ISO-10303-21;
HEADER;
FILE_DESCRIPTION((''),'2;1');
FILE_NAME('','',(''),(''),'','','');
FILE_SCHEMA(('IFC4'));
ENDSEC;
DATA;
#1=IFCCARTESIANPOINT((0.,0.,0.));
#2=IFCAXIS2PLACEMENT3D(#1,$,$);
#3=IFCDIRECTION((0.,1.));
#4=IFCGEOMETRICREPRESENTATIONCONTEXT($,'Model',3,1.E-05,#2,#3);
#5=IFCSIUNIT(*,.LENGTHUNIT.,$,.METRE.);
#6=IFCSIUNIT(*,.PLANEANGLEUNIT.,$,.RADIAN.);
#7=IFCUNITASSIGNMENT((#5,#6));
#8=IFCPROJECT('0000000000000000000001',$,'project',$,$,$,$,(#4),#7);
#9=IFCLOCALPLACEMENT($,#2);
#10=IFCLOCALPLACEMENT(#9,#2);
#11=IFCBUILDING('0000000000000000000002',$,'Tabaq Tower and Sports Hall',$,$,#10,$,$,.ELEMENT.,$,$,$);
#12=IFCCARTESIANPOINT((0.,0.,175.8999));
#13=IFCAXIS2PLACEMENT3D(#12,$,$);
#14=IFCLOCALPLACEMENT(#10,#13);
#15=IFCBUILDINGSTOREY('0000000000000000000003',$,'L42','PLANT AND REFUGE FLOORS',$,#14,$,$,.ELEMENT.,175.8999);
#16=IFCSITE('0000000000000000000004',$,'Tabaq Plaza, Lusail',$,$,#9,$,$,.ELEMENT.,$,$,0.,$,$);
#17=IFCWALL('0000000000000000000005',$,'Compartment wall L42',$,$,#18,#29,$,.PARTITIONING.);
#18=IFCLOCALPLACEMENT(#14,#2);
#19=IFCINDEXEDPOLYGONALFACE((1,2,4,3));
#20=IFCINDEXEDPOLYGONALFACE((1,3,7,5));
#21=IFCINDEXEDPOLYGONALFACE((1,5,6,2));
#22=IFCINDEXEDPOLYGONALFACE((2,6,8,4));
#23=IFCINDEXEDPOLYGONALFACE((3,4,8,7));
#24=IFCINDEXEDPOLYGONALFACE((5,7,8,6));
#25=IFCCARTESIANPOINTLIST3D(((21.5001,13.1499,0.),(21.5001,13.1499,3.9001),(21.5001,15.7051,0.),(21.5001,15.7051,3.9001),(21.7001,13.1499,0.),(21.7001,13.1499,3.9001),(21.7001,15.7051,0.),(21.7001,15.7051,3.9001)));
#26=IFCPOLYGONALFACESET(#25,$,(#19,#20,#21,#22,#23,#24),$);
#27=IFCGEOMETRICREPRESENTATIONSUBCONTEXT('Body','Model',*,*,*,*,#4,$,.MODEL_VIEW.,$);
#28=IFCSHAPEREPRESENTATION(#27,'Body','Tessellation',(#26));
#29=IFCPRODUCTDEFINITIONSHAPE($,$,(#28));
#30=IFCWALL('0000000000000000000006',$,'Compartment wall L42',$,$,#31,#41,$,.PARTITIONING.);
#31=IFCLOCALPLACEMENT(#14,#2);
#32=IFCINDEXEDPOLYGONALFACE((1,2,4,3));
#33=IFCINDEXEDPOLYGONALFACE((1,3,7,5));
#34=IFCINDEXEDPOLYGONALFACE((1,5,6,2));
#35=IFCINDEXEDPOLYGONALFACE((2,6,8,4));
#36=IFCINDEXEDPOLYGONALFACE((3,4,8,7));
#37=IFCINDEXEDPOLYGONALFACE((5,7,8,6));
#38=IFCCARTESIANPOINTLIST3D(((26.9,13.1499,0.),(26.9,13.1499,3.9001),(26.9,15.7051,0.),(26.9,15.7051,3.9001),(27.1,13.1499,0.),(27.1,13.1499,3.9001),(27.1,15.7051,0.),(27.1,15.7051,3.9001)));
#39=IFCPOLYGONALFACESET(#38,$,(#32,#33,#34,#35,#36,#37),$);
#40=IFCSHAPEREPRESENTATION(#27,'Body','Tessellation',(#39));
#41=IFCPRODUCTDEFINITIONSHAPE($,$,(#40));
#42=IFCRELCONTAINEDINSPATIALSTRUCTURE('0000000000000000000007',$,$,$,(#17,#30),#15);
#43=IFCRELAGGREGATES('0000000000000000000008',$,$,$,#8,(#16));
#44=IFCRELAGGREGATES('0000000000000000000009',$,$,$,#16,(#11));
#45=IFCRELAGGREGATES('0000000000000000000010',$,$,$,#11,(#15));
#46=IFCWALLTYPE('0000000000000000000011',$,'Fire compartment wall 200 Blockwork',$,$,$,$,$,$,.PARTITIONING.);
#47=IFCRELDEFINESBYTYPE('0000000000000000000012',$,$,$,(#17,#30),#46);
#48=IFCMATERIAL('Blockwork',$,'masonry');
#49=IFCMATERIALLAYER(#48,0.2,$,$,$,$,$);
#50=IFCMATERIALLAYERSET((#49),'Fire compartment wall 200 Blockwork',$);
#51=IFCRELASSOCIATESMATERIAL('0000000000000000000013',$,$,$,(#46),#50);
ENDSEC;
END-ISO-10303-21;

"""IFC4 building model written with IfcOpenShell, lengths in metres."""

from ifc_helpers import new_model, si_unit, direction, frame, frame_2d, origin, place, context, subcontext, project, spatial, rectangle, extrude, material, layer, layer_set, type_object, element, save


model = new_model("IFC4")

# Units and contexts
model_context = context("Model", 3, precision=1e-05, world=origin(), true_north=direction((0.0, 1.0)))
body_context = subcontext(model_context, "Body", "Model", "MODEL_VIEW")
ifc_project = project(units=[si_unit("LENGTHUNIT", "METRE"), si_unit("PLANEANGLEUNIT", "RADIAN")], contexts=[model_context])

# Site, building, storey
site_placement = place(None, origin())
site = spatial("IfcSite", under=ifc_project, at=site_placement, Name="Tabaq Plaza, Lusail", CompositionType="ELEMENT", RefElevation=0.0)
building_placement = place(site_placement, origin())
building = spatial("IfcBuilding", under=site, at=building_placement, Name="Tabaq Tower and Sports Hall", CompositionType="ELEMENT")
storey_placement = place(building_placement, frame((0.0, 0.0, 175.8999)))
storey = spatial("IfcBuildingStorey", under=building, at=storey_placement, Name="L42", Description="PLANT AND REFUGE FLOORS", CompositionType="ELEMENT", Elevation=175.8999)

# Shared definitions
ifc_material_1 = material(Name="Blockwork", Category="masonry")
ifc_layer_1 = layer(ifc_material_1, 0.2)
ifc_layer_set_1 = layer_set([ifc_layer_1], Name="Fire compartment wall 200 Blockwork")
wall_type_1 = type_object("IfcWallType", Name="Fire compartment wall 200 Blockwork", PredefinedType="PARTITIONING", material=ifc_layer_set_1)

# Walls
for number, where, z_axis, x_axis, name in (
    (1, (21.6001, 13.1499, 0.0), (0.0, 0.0, 1.0), (0.0, 1.0, 0.0), "Compartment wall L42"),
    (2, (27.0, 13.1499, 0.0), (0.0, 0.0, 1.0), (0.0, 1.0, 0.0), "Compartment wall L42"),
):
    element("IfcWall", number, at=place(storey_placement, frame(where, z_axis=z_axis, x_axis=x_axis)), inside=storey, type_object=wall_type_1, Name=name, PredefinedType="PARTITIONING", context=body_context, shape_type="SweptSolid", body=[
        extrude(rectangle(XDim=2.5552, YDim=0.2, at=frame_2d((1.2776, 0.0))), origin(), (0.0, 0.0, 1.0), 3.9001),
    ])

save(model, "model.ifc")
